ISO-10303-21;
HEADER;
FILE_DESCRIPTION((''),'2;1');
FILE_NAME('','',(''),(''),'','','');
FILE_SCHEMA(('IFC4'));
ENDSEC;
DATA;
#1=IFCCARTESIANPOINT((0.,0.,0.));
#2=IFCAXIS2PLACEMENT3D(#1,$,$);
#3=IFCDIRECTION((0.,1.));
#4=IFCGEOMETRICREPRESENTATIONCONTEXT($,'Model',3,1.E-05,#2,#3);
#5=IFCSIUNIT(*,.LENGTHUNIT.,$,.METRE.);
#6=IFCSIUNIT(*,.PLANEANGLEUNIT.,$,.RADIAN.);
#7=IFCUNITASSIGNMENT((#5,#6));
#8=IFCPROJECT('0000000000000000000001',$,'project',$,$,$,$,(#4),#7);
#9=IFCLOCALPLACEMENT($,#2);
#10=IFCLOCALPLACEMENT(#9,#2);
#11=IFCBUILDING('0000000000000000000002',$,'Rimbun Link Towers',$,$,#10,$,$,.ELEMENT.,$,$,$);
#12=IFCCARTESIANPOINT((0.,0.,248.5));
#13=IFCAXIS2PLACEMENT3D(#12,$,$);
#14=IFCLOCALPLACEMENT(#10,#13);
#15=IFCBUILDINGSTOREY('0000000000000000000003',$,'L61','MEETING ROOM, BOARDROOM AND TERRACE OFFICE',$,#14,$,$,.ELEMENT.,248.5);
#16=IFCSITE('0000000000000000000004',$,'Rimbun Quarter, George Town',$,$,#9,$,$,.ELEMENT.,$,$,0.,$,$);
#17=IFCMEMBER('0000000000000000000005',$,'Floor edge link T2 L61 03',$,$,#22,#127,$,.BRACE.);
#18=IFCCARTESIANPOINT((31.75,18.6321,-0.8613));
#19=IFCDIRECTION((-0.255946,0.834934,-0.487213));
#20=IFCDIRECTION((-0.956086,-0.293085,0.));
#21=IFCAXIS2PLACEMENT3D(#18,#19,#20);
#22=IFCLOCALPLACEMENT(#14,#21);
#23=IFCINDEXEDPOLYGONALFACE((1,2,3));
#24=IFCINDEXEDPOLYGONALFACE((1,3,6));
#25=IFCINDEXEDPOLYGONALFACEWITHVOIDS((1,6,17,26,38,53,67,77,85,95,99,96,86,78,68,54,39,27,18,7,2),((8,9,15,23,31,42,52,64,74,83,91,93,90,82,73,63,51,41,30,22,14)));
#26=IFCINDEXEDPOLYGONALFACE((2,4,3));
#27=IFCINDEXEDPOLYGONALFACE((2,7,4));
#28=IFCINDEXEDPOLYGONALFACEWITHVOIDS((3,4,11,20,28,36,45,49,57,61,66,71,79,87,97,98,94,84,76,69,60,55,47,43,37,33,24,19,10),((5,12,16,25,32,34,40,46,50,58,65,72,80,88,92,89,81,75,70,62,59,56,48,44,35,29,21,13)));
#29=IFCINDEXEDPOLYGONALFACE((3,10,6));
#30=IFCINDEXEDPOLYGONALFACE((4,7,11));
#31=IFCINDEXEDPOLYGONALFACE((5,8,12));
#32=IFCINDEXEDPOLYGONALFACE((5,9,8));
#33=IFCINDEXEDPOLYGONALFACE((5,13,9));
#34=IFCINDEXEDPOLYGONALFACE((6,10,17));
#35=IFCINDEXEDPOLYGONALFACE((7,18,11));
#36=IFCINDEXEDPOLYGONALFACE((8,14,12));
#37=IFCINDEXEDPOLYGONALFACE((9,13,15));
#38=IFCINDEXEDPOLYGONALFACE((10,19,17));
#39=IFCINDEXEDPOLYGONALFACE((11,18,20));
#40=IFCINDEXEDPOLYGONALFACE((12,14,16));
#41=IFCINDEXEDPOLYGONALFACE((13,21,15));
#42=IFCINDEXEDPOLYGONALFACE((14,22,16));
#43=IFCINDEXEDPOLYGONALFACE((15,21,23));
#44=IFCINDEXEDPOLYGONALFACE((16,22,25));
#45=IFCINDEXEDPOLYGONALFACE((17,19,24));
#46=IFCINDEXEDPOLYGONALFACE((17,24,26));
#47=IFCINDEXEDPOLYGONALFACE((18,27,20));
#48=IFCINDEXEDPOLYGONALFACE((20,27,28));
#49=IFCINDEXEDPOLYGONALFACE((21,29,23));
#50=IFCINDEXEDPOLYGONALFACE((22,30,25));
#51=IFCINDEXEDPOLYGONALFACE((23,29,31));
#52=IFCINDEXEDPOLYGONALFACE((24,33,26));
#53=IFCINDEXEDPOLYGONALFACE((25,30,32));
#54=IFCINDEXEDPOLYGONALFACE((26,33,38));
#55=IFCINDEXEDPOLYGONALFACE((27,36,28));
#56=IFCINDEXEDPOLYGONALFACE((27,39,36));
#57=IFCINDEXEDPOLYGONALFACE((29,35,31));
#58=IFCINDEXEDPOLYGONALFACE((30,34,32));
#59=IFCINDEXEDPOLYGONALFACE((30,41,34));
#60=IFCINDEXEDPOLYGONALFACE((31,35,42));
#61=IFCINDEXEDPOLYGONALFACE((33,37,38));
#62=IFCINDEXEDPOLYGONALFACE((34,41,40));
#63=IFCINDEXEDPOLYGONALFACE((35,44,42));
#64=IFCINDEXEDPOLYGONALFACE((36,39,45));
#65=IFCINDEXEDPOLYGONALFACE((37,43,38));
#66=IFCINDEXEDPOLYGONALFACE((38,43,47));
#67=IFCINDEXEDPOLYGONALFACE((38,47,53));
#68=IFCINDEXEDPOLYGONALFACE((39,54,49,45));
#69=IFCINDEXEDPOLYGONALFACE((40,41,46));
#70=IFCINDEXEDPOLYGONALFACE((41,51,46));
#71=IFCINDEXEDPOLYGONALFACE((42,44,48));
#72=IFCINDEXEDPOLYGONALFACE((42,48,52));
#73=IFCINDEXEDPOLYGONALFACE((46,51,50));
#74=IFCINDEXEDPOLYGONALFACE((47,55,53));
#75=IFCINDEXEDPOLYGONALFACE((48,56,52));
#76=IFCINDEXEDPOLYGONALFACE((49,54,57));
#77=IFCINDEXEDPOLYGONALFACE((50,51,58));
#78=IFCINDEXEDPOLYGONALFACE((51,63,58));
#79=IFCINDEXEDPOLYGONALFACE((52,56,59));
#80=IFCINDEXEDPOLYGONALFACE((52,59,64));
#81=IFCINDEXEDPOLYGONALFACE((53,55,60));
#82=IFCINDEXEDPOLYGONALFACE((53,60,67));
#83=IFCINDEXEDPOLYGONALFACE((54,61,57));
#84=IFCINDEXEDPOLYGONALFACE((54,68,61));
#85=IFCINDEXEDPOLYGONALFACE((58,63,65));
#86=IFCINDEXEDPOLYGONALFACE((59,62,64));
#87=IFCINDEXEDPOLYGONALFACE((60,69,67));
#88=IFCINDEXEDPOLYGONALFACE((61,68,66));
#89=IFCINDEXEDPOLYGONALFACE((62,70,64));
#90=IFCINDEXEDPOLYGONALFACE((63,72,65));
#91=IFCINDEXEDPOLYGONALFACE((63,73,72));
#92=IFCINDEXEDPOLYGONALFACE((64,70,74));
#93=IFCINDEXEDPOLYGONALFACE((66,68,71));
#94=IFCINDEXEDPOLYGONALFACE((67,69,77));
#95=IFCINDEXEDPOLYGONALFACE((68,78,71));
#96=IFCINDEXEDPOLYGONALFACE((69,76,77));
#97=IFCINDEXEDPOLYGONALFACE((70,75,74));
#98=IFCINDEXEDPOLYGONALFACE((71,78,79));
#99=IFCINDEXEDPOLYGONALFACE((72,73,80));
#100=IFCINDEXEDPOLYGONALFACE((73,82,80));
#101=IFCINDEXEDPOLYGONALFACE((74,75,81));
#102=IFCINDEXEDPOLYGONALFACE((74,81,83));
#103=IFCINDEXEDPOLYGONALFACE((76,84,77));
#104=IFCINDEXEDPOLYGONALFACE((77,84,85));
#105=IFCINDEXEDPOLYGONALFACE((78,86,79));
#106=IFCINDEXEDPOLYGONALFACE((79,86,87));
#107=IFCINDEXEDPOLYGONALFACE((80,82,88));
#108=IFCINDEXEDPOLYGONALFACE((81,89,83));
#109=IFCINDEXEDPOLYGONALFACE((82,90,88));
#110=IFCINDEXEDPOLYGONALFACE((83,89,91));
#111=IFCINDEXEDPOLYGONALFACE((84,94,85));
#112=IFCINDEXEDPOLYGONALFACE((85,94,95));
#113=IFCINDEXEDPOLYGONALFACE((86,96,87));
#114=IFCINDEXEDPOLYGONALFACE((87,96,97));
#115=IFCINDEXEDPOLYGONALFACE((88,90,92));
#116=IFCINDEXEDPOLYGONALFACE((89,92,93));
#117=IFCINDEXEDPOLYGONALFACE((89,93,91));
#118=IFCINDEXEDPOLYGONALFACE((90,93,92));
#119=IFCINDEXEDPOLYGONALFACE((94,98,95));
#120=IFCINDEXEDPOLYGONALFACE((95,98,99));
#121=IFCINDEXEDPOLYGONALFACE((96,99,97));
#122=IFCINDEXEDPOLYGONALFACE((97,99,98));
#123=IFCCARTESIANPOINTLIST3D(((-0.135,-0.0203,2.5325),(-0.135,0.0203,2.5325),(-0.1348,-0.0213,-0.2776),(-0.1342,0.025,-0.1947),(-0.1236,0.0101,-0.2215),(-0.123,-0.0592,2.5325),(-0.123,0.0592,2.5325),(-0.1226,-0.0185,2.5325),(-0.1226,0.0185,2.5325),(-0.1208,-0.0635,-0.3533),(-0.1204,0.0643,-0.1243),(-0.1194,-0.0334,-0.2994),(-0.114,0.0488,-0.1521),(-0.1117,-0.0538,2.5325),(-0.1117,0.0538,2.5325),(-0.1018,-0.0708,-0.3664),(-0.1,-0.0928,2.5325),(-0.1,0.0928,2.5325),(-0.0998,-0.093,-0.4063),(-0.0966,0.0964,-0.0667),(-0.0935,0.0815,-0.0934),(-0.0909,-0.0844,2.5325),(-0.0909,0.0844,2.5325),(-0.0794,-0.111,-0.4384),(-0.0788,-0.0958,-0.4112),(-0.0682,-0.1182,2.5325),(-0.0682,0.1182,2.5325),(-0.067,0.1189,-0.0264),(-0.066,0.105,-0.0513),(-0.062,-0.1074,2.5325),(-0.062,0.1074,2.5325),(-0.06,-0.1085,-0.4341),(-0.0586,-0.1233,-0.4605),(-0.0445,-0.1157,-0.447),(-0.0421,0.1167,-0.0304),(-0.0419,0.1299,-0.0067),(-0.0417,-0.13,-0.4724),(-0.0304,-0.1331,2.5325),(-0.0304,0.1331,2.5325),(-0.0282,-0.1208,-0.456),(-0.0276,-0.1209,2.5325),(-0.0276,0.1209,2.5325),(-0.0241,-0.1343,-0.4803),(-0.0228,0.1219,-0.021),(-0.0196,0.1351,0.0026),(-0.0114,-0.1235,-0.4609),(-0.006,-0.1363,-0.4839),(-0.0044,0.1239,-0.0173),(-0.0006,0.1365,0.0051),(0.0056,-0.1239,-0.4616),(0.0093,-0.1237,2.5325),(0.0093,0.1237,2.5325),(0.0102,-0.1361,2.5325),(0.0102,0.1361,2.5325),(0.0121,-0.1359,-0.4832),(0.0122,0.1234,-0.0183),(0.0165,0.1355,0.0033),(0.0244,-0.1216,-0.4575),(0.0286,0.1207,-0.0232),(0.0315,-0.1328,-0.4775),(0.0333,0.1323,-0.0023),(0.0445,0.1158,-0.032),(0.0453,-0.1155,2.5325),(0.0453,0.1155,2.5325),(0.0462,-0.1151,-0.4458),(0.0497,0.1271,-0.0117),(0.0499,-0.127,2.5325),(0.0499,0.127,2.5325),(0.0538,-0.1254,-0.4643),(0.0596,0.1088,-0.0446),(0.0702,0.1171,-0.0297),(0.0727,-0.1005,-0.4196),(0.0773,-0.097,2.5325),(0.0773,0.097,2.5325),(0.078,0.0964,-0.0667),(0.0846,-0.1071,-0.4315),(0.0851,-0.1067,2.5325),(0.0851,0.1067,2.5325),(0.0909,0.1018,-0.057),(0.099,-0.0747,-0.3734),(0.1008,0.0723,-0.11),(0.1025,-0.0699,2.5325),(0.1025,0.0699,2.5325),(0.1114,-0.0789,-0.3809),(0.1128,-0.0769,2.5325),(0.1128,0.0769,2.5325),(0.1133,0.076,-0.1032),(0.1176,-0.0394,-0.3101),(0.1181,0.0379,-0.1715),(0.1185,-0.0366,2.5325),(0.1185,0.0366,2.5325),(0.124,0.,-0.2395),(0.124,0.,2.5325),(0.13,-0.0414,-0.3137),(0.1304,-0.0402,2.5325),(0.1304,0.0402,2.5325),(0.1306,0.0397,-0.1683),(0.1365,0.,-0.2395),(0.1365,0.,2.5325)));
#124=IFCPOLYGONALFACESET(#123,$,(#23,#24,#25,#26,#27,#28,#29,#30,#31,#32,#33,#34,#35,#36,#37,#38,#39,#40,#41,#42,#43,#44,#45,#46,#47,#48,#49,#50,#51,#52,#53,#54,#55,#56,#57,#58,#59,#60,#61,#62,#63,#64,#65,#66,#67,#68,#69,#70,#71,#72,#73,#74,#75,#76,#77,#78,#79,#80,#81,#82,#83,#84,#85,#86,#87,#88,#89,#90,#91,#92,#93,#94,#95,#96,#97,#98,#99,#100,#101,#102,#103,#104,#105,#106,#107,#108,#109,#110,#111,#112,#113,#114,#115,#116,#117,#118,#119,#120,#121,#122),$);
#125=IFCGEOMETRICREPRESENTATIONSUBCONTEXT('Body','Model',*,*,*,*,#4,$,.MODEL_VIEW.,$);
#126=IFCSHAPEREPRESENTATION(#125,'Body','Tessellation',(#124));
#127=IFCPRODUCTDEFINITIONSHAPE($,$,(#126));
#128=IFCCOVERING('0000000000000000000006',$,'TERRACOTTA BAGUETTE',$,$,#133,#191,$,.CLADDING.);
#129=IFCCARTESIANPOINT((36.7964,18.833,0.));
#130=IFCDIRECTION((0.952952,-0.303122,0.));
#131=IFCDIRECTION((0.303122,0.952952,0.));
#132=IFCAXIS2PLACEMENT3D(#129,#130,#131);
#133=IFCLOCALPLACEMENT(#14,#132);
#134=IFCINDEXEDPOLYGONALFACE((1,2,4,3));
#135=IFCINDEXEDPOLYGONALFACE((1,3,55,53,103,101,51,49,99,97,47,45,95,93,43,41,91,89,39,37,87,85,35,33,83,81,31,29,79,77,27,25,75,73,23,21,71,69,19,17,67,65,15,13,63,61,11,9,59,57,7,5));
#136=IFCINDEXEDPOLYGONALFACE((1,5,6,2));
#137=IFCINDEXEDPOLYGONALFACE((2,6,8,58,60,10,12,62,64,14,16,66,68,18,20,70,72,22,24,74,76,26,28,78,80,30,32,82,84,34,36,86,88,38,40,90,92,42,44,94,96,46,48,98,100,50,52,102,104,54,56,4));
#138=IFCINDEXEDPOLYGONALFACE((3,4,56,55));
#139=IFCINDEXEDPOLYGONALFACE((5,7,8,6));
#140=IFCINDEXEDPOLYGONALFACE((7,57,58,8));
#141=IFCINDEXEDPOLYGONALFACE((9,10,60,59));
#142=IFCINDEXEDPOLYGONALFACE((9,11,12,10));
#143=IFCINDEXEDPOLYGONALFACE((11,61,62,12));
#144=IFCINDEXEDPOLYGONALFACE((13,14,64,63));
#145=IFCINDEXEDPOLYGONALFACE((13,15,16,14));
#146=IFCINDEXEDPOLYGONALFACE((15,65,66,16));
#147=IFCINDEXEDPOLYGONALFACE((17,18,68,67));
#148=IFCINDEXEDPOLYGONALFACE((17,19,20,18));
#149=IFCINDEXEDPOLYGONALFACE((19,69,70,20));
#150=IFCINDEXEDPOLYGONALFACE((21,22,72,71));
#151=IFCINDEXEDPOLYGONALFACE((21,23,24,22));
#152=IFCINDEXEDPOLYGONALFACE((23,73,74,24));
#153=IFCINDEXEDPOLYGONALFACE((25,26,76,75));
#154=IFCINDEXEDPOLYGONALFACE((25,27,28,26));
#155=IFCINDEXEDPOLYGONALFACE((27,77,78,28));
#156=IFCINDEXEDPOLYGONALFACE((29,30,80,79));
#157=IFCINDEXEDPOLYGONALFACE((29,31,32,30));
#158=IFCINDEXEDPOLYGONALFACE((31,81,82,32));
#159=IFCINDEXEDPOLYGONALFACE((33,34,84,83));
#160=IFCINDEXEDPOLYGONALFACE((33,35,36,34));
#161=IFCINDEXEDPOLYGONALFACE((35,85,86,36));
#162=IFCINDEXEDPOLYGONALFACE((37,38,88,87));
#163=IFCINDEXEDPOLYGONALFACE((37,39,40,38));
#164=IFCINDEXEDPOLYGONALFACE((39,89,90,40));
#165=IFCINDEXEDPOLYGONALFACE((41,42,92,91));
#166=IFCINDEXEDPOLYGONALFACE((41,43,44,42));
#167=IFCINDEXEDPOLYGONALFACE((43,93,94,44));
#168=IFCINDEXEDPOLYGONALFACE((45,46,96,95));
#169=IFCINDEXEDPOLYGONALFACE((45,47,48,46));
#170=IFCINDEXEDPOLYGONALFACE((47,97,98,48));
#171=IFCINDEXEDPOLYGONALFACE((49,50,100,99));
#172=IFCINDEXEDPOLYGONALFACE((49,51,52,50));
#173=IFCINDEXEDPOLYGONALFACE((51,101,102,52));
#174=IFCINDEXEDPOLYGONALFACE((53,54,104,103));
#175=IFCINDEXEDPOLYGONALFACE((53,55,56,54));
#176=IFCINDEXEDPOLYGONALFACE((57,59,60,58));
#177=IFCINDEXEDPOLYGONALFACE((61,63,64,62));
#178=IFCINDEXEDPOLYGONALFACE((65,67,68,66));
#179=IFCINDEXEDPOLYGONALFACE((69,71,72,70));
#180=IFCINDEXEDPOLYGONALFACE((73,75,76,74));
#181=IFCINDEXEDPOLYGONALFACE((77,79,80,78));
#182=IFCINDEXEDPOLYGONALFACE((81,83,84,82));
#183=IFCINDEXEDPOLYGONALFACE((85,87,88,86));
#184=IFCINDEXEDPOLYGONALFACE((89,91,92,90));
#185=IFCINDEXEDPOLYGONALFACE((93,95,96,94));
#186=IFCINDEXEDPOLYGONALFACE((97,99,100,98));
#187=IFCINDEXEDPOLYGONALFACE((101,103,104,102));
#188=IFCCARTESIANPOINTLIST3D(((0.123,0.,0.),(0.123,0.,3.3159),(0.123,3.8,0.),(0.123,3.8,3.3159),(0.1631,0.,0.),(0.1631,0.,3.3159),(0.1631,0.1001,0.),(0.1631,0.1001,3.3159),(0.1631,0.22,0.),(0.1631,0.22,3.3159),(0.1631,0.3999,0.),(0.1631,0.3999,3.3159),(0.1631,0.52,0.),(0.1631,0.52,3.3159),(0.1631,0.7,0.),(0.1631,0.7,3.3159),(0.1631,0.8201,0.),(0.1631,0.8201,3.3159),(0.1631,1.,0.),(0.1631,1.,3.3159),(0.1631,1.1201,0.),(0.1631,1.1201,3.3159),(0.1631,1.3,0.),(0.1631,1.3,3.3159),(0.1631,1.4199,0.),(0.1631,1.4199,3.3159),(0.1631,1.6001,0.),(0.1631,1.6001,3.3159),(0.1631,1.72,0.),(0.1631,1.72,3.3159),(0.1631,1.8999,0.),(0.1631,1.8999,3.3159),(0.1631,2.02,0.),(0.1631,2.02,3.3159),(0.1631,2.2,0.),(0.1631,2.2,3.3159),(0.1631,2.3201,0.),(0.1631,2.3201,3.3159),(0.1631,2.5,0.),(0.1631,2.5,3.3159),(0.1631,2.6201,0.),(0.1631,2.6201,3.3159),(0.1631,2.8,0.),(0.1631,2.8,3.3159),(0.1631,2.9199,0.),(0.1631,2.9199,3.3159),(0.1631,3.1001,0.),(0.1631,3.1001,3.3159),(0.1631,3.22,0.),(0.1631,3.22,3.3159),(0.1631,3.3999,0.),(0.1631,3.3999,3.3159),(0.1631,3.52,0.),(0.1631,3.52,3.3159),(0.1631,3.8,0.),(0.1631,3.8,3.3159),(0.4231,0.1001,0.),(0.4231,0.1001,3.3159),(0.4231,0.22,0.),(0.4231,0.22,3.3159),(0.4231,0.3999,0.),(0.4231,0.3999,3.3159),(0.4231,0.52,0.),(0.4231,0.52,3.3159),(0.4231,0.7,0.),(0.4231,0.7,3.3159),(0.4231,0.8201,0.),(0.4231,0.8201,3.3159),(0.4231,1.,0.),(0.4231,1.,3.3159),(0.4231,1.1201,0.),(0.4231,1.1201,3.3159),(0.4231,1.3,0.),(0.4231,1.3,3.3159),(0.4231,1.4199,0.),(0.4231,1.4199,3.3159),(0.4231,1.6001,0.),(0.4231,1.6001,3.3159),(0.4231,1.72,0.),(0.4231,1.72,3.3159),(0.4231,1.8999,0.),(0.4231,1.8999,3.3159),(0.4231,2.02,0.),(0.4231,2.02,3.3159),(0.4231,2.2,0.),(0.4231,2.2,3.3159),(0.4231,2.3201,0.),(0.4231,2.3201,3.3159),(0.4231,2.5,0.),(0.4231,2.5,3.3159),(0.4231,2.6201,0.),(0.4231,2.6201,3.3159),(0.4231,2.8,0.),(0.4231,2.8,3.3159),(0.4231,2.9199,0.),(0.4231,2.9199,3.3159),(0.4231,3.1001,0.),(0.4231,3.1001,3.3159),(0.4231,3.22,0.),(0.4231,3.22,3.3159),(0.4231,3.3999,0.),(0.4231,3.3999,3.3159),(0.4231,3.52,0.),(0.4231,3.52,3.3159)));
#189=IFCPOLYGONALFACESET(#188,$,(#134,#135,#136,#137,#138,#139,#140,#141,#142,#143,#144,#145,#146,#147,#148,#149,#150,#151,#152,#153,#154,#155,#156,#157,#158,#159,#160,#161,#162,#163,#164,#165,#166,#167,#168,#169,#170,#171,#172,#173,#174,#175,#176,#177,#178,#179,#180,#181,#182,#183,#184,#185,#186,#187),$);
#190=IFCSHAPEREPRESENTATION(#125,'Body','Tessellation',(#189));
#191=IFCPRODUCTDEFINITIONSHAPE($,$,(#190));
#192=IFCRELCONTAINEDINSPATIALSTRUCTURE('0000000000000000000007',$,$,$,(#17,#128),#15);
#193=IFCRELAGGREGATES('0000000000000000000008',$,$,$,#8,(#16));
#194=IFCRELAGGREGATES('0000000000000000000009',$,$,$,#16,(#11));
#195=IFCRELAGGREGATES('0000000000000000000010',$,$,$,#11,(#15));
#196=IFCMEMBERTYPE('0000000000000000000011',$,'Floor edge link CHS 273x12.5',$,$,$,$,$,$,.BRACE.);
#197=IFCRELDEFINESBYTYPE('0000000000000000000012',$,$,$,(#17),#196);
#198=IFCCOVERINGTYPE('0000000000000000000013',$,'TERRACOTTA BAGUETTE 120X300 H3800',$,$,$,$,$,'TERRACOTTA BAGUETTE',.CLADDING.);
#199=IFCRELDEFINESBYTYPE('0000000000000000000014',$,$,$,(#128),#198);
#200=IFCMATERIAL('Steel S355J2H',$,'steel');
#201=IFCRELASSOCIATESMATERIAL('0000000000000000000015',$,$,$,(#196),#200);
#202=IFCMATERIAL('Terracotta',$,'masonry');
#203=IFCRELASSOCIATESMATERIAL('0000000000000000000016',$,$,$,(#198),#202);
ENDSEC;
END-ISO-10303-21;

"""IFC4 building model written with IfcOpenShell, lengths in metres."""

from ifc_helpers import new_model, si_unit, direction, frame, origin, origin_2d, place, context, subcontext, project, spatial, polyline, hollow_circle, outline, extrude, clip, halfspace, material, material_profile, profile_set, type_object, element, save


model = new_model("IFC4")

# Units and contexts
model_context = context("Model", 3, precision=1e-05, world=origin(), true_north=direction((0.0, 1.0)))
body_context = subcontext(model_context, "Body", "Model", "MODEL_VIEW")
ifc_project = project(units=[si_unit("LENGTHUNIT", "METRE"), si_unit("PLANEANGLEUNIT", "RADIAN")], contexts=[model_context])

# Site, building, storey
site_placement = place(None, origin())
site = spatial("IfcSite", under=ifc_project, at=site_placement, Name="Rimbun Quarter, George Town", CompositionType="ELEMENT", RefElevation=0.0)
building_placement = place(site_placement, origin())
building = spatial("IfcBuilding", under=site, at=building_placement, Name="Rimbun Link Towers", CompositionType="ELEMENT")
storey_placement = place(building_placement, frame((0.0, 0.0, 248.5)))
storey = spatial("IfcBuildingStorey", under=building, at=storey_placement, Name="L61", Description="MEETING ROOM, BOARDROOM AND TERRACE OFFICE", CompositionType="ELEMENT", Elevation=248.5)

# Member
ifc_material_1 = material(Name="Steel S355J2H", Category="steel")
ifc_material_profile_1 = material_profile(ifc_material_1, hollow_circle(Radius=0.1365, WallThickness=0.0125, at=origin_2d()), Name="CHS 273x12.5")
ifc_profile_set_1 = profile_set([ifc_material_profile_1], Name="Steel S355J2H")
member_type_1 = type_object("IfcMemberType", Name="Floor edge link CHS 273x12.5", PredefinedType="BRACE", material=ifc_profile_set_1)
member_1_placement = place(storey_placement, frame((31.75, 18.6321, -0.8613), z_axis=(-0.255946, 0.834934, -0.487213), x_axis=(-0.956086, -0.293085, 0.0)))
element("IfcMember", 1, at=member_1_placement, inside=storey, type_object=member_type_1, Name="Floor edge link T2 L61 03", PredefinedType="BRACE", context=body_context, shape_type="Clipping", body=[
    clip(extrude(hollow_circle(Radius=0.1365, WallThickness=0.0125, at=origin_2d()), frame((0.0, 0.0, -0.51)), (0.0, 0.0, 1.0), 3.0425), halfspace(frame((0.0, 0.0, -0.2395), z_axis=(0.0, 0.873283, -0.487213)), False)),
])

# Covering
ifc_material_2 = material(Name="Terracotta", Category="masonry")
ifc_material_profile_2 = material_profile(ifc_material_2, outline(polyline([(0.123, 0.0), (0.1631, 0.0), (0.1631, 0.1001), (0.4231, 0.1001), (0.4231, 0.22), (0.1631, 0.22), (0.1631, 0.3999), (0.4231, 0.3999), (0.4231, 0.52), (0.1631, 0.52), (0.1631, 0.7), (0.4231, 0.7), (0.4231, 0.8201), (0.1631, 0.8201), (0.1631, 1.0), (0.4231, 1.0), (0.4231, 1.1201), (0.1631, 1.1201), (0.1631, 1.3), (0.4231, 1.3), (0.4231, 1.4199), (0.1631, 1.4199), (0.1631, 1.6001), (0.4231, 1.6001), (0.4231, 1.72), (0.1631, 1.72), (0.1631, 1.8999), (0.4231, 1.8999), (0.4231, 2.02), (0.1631, 2.02), (0.1631, 2.2), (0.4231, 2.2), (0.4231, 2.3201), (0.1631, 2.3201), (0.1631, 2.5), (0.4231, 2.5), (0.4231, 2.6201), (0.1631, 2.6201), (0.1631, 2.8), (0.4231, 2.8), (0.4231, 2.9199), (0.1631, 2.9199), (0.1631, 3.1001), (0.4231, 3.1001), (0.4231, 3.22), (0.1631, 3.22), (0.1631, 3.3999), (0.4231, 3.3999), (0.4231, 3.52), (0.1631, 3.52), (0.1631, 3.8), (0.123, 3.8), (0.123, 0.0)])), Name="BAGUETTE 120X300")
ifc_profile_set_2 = profile_set([ifc_material_profile_2], Name="Terracotta")
covering_type = type_object("IfcCoveringType", Name="TERRACOTTA BAGUETTE 120X300 H3800", ElementType="TERRACOTTA BAGUETTE", PredefinedType="CLADDING", material=ifc_profile_set_2)
covering_1_placement = place(storey_placement, frame((36.7964, 18.833, 0.0), z_axis=(0.952952, -0.303122, 0.0), x_axis=(0.303122, 0.952952, 0.0)))
element("IfcCovering", 2, at=covering_1_placement, inside=storey, type_object=covering_type, Name="TERRACOTTA BAGUETTE", PredefinedType="CLADDING", context=body_context, shape_type="SweptSolid", body=[
    extrude(outline(polyline([(0.123, 0.0), (0.1631, 0.0), (0.1631, 0.1001), (0.4231, 0.1001), (0.4231, 0.22), (0.1631, 0.22), (0.1631, 0.3999), (0.4231, 0.3999), (0.4231, 0.52), (0.1631, 0.52), (0.1631, 0.7), (0.4231, 0.7), (0.4231, 0.8201), (0.1631, 0.8201), (0.1631, 1.0), (0.4231, 1.0), (0.4231, 1.1201), (0.1631, 1.1201), (0.1631, 1.3), (0.4231, 1.3), (0.4231, 1.4199), (0.1631, 1.4199), (0.1631, 1.6001), (0.4231, 1.6001), (0.4231, 1.72), (0.1631, 1.72), (0.1631, 1.8999), (0.4231, 1.8999), (0.4231, 2.02), (0.1631, 2.02), (0.1631, 2.2), (0.4231, 2.2), (0.4231, 2.3201), (0.1631, 2.3201), (0.1631, 2.5), (0.4231, 2.5), (0.4231, 2.6201), (0.1631, 2.6201), (0.1631, 2.8), (0.4231, 2.8), (0.4231, 2.9199), (0.1631, 2.9199), (0.1631, 3.1001), (0.4231, 3.1001), (0.4231, 3.22), (0.1631, 3.22), (0.1631, 3.3999), (0.4231, 3.3999), (0.4231, 3.52), (0.1631, 3.52), (0.1631, 3.8), (0.123, 3.8), (0.123, 0.0)])), origin(), (0.0, 0.0, 1.0), 3.3159),
])

save(model, "model.ifc")
